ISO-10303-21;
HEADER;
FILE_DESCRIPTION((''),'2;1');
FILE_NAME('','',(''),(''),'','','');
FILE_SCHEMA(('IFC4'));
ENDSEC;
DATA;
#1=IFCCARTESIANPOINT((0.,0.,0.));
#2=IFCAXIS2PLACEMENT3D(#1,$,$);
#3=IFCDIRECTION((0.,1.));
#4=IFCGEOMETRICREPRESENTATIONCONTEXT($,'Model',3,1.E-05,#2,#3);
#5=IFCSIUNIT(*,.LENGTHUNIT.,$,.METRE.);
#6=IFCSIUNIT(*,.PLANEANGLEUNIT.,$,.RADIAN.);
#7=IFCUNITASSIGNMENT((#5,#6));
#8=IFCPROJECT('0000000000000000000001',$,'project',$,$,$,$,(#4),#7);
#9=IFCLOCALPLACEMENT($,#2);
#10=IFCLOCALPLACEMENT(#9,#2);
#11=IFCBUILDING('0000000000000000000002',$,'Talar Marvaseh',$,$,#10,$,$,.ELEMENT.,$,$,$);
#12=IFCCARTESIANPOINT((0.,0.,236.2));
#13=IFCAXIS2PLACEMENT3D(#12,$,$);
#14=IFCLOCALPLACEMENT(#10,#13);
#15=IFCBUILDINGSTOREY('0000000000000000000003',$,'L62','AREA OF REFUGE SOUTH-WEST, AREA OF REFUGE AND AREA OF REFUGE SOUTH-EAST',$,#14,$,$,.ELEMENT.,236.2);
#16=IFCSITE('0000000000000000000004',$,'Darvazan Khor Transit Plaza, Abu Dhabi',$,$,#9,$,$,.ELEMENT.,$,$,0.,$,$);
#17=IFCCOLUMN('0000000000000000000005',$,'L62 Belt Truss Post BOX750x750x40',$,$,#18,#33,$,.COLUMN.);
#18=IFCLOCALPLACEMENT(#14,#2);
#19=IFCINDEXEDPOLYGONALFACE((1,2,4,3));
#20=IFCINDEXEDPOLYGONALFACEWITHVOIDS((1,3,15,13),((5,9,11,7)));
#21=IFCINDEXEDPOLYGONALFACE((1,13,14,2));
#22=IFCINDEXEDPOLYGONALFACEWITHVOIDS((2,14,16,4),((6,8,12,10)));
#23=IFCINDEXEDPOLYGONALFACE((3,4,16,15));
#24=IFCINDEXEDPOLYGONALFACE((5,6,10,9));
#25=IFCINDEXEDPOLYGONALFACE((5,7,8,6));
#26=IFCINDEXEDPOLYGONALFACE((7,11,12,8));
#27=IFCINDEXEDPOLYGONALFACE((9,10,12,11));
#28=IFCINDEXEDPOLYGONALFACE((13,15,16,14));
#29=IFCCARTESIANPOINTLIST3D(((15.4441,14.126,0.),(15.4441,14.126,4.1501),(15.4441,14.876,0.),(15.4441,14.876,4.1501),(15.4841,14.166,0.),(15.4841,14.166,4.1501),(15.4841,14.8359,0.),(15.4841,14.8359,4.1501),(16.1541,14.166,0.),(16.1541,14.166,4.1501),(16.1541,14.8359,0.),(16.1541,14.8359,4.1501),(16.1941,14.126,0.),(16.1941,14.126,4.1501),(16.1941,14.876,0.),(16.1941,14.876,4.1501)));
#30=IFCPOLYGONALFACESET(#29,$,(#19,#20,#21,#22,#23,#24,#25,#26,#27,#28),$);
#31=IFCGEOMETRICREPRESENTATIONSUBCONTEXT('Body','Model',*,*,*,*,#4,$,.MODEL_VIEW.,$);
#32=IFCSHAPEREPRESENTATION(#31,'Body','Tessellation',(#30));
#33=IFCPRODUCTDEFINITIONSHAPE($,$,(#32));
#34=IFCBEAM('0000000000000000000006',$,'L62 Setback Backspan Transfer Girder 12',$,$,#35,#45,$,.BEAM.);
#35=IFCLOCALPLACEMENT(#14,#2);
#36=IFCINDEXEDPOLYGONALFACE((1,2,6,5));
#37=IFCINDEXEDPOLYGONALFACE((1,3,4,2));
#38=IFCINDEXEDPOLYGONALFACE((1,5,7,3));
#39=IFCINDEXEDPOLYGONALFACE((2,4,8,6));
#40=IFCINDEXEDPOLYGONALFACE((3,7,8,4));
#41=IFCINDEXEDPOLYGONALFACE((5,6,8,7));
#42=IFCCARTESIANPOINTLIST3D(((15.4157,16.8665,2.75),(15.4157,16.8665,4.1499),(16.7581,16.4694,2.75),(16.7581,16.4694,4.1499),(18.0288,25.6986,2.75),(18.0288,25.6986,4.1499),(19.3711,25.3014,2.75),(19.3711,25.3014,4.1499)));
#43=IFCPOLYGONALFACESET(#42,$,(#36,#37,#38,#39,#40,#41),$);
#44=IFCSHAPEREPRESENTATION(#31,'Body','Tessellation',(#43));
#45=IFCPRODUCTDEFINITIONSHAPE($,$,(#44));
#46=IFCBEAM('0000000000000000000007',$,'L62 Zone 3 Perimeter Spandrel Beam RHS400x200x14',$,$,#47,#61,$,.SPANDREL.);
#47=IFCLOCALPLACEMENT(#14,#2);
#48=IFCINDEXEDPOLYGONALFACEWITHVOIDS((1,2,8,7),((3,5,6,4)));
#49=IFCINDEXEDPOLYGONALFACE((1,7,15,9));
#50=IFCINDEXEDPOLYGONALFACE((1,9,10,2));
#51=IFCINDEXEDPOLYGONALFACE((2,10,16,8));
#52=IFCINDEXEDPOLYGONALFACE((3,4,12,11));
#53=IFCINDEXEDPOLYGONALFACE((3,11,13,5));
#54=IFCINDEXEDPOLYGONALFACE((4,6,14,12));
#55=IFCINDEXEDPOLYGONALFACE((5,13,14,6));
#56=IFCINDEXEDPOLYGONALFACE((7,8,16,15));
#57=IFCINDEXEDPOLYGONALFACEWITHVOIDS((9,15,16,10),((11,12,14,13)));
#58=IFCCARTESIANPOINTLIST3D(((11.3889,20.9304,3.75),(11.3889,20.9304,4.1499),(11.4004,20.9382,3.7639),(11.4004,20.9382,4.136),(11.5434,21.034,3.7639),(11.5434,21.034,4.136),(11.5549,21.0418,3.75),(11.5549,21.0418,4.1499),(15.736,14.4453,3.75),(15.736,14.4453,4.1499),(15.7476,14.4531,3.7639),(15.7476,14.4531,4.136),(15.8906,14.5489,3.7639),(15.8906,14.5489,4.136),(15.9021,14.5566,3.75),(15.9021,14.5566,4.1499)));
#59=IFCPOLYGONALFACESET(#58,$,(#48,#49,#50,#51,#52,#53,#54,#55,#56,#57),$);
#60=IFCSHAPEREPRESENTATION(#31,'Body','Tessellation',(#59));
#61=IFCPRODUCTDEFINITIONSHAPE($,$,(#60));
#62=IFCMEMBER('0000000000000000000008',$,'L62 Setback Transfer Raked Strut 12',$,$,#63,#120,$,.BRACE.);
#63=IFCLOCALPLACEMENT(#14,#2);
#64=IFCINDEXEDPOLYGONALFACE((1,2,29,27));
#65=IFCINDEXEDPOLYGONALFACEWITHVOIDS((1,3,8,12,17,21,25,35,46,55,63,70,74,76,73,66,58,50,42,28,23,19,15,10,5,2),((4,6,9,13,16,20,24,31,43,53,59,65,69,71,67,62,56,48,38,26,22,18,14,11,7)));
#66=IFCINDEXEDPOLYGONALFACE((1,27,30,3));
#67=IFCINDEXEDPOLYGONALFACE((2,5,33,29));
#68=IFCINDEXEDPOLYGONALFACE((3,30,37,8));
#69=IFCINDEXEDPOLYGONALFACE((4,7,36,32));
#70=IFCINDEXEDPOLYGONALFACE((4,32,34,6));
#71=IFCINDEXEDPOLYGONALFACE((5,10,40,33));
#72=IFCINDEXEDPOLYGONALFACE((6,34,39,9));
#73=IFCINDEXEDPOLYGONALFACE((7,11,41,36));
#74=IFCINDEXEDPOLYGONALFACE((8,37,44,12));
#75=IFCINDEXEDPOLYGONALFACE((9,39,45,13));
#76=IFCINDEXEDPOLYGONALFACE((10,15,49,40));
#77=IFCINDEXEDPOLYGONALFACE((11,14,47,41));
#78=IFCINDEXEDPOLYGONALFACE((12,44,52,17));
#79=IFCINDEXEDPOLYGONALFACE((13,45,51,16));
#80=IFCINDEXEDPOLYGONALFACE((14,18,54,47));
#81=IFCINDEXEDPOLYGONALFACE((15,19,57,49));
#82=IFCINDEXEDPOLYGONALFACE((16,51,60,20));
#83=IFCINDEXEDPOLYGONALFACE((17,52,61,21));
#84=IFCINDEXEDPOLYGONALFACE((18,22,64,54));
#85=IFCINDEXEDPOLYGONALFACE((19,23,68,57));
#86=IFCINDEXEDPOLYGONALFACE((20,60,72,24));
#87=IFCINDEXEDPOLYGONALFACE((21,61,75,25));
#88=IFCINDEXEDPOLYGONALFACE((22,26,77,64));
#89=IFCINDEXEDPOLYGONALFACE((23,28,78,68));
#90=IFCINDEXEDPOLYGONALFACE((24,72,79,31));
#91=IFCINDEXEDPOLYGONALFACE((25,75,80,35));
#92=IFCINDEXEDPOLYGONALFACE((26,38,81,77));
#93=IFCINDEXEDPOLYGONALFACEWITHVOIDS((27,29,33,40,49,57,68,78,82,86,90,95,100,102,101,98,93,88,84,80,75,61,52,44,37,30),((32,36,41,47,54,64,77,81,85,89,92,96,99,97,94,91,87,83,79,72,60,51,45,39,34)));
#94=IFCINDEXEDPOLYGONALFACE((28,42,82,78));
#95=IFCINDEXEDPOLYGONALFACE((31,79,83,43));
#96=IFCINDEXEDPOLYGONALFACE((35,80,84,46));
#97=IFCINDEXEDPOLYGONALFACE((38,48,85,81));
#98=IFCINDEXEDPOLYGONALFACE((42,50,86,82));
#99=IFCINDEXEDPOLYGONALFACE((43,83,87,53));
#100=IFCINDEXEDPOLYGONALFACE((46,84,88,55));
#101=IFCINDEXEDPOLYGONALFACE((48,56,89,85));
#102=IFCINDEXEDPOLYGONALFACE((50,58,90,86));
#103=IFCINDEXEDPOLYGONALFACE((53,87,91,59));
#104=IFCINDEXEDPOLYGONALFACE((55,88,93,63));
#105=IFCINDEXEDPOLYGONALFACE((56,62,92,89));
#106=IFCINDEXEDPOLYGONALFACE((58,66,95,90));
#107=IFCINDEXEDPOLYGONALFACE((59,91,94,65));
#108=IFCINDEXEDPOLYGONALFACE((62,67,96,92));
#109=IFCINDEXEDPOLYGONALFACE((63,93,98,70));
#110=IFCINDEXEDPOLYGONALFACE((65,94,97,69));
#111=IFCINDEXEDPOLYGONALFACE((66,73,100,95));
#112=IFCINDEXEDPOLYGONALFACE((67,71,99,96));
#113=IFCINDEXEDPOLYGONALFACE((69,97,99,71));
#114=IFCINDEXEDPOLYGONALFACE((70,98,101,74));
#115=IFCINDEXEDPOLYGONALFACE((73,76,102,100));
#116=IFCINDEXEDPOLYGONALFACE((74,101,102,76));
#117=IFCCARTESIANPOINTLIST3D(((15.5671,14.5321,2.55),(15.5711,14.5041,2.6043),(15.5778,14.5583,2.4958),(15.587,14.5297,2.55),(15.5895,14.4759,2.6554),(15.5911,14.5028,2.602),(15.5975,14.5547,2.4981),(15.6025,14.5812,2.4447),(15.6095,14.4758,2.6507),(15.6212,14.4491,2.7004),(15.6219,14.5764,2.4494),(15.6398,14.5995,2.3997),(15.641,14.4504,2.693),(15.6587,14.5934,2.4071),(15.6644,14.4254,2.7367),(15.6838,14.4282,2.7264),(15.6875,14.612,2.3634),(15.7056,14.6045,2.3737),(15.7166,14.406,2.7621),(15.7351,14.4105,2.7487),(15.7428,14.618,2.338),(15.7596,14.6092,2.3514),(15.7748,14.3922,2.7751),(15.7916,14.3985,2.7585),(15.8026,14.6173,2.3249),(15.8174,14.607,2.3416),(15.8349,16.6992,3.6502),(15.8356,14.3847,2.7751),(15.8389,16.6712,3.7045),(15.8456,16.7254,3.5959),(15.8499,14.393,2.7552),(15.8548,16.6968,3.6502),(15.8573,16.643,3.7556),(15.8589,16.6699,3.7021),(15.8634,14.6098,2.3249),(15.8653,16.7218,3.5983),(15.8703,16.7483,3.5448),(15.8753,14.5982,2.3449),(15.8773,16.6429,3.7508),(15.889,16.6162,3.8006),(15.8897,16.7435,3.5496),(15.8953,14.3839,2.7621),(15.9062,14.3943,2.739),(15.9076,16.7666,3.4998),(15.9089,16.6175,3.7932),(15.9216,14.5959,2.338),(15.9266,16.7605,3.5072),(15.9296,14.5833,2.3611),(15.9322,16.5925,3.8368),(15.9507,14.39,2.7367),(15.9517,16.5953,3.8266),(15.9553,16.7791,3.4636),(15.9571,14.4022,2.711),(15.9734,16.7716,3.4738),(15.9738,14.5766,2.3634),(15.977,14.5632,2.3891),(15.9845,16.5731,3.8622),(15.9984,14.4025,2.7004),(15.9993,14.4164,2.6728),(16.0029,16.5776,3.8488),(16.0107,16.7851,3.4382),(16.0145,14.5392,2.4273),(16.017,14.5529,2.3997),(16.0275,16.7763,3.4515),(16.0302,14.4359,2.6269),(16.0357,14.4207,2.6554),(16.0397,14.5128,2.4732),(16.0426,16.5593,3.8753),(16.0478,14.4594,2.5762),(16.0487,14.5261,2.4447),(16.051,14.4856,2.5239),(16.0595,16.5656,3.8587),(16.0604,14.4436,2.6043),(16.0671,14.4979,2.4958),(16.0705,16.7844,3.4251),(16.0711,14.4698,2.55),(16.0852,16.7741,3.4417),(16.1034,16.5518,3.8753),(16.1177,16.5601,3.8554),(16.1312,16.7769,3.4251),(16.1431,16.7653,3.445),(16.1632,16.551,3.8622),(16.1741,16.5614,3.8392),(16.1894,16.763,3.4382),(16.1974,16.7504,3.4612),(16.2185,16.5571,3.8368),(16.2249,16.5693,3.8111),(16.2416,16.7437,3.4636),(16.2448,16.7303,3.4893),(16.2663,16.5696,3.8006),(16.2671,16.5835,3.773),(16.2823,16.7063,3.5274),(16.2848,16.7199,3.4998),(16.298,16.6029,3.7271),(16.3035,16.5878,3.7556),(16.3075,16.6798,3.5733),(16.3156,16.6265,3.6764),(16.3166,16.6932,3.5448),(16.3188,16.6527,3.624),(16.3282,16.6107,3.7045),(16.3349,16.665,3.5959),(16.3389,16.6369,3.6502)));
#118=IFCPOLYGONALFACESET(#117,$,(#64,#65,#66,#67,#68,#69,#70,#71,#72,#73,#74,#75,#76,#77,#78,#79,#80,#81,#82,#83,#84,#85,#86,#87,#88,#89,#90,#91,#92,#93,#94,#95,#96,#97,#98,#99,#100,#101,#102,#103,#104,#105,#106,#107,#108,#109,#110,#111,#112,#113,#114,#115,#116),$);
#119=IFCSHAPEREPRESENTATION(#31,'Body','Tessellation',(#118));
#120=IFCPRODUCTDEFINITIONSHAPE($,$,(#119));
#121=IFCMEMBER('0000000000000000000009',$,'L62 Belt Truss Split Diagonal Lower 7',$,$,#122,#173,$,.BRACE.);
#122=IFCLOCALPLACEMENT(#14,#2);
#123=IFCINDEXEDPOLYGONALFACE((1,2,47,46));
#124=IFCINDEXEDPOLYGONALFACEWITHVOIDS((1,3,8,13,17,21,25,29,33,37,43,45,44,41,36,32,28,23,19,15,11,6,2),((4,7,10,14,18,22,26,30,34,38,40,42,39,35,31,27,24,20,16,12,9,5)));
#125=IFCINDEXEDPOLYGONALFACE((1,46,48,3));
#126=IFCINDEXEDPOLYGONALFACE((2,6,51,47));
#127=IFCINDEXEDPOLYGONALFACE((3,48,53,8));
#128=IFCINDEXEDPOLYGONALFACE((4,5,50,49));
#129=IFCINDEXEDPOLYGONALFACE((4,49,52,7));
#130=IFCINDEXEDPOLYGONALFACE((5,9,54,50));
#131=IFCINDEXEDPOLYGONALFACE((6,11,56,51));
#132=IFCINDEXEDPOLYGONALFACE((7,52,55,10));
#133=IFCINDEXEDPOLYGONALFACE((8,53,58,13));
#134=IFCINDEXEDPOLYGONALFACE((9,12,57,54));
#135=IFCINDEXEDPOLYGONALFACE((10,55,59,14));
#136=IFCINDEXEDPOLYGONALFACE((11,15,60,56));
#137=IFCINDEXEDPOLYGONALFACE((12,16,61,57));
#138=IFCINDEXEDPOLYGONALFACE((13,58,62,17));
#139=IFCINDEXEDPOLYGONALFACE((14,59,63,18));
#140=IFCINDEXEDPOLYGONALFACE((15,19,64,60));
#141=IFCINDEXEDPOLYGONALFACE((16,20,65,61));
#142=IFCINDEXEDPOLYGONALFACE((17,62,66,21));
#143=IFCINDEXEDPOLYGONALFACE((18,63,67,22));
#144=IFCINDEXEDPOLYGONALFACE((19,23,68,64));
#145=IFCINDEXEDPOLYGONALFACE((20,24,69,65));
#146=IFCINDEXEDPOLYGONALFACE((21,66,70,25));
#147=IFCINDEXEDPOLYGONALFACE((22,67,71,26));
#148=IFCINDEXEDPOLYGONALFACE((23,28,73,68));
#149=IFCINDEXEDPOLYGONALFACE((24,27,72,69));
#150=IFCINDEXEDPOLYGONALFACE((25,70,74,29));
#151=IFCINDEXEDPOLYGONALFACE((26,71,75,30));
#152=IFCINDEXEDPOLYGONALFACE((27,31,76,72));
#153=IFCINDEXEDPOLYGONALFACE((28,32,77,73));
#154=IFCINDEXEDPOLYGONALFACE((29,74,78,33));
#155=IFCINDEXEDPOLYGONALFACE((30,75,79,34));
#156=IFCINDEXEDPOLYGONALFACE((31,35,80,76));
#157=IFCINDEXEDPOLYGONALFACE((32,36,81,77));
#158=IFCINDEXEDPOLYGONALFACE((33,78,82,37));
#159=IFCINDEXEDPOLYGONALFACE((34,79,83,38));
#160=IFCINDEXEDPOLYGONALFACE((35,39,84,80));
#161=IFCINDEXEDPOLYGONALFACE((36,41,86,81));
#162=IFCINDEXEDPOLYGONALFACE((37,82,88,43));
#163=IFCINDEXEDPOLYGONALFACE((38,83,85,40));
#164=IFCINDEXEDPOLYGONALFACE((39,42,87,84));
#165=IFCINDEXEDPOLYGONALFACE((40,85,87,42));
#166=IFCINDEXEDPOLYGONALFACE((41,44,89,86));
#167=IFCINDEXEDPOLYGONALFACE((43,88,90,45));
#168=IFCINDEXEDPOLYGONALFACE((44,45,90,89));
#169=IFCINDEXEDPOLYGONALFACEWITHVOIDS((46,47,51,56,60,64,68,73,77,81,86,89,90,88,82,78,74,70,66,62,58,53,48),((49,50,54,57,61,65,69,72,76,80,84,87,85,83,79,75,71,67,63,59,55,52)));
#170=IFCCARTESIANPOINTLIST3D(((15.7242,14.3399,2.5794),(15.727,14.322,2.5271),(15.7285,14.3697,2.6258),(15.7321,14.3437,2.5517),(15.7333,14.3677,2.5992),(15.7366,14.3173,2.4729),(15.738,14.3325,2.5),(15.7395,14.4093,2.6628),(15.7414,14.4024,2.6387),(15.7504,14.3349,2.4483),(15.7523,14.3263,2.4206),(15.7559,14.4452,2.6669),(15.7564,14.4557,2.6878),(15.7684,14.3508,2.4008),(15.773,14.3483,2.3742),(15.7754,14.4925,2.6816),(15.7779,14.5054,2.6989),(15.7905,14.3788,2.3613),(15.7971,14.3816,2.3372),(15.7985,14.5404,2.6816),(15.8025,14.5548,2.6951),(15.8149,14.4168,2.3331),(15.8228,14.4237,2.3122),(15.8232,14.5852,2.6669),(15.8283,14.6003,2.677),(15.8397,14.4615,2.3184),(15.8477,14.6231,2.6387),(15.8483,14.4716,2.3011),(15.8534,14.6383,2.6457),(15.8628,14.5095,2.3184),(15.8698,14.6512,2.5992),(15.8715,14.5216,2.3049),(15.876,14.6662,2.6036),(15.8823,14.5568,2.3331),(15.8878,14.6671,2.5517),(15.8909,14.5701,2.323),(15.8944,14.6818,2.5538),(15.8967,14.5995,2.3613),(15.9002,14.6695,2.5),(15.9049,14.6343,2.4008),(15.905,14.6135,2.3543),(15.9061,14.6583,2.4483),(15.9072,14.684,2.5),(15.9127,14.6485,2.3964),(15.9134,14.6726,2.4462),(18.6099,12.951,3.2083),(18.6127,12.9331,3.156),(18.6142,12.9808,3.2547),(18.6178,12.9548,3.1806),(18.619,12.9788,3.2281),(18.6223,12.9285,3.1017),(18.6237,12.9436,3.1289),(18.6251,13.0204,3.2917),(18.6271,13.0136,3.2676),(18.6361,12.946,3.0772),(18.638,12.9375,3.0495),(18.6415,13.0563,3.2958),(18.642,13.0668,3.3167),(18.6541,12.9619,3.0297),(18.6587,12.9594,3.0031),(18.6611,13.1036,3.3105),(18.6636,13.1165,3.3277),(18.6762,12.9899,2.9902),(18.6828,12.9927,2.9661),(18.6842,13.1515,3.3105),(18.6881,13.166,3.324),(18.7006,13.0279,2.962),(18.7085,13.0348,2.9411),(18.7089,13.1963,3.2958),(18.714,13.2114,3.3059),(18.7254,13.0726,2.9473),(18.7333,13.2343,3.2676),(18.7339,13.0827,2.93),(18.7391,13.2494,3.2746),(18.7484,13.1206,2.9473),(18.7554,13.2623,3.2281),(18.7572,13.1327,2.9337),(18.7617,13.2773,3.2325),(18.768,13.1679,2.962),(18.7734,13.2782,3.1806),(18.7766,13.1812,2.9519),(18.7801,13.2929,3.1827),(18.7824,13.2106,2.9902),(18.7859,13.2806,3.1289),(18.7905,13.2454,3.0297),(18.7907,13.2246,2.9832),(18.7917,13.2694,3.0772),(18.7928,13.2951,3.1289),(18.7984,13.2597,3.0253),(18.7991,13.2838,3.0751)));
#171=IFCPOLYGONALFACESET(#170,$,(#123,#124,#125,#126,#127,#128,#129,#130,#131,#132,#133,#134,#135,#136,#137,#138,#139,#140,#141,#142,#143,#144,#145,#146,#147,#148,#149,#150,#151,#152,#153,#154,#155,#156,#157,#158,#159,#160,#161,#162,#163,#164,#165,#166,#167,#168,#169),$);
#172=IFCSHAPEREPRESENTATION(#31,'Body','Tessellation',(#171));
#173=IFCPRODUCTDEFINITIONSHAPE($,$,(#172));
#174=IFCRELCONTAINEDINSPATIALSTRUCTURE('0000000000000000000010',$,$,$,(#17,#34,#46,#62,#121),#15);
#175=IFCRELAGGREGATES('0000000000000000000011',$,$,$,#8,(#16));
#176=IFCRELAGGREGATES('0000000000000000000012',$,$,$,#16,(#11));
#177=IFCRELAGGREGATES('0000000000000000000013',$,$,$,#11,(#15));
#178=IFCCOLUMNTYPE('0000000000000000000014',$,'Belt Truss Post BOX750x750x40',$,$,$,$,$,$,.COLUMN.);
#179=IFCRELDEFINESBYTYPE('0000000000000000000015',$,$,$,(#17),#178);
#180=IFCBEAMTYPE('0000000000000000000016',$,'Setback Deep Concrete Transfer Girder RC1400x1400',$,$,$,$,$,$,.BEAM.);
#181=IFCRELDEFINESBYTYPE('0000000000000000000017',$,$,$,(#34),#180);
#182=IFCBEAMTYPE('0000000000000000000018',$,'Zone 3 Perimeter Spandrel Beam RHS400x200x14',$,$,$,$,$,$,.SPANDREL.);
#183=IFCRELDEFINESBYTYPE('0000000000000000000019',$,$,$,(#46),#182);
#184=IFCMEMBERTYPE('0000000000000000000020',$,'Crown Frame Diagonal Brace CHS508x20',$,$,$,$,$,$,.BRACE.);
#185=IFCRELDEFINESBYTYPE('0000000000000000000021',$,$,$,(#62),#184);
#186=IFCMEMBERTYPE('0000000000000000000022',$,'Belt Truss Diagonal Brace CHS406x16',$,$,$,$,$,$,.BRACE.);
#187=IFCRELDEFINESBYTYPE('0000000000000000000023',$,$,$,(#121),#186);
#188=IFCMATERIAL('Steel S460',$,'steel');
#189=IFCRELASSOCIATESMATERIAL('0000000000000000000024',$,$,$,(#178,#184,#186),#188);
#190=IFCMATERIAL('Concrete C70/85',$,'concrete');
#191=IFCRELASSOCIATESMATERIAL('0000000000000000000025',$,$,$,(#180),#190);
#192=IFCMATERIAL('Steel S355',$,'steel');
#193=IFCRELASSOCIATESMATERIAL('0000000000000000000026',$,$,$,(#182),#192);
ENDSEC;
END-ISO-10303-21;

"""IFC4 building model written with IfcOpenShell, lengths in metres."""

from ifc_helpers import new_model, si_unit, direction, frame, origin, origin_2d, place, context, subcontext, project, spatial, rectangle, hollow_rectangle, hollow_circle, extrude, source, transform, mapped, material, material_profile, profile_set, type_object, type_shapes, element, save


model = new_model("IFC4")

# Units and contexts
model_context = context("Model", 3, precision=1e-05, world=origin(), true_north=direction((0.0, 1.0)))
body_context = subcontext(model_context, "Body", "Model", "MODEL_VIEW")
ifc_project = project(units=[si_unit("LENGTHUNIT", "METRE"), si_unit("PLANEANGLEUNIT", "RADIAN")], contexts=[model_context])

# Site, building, storey
site_placement = place(None, origin())
site = spatial("IfcSite", under=ifc_project, at=site_placement, Name="Darvazan Khor Transit Plaza, Abu Dhabi", CompositionType="ELEMENT", RefElevation=0.0)
building_placement = place(site_placement, origin())
building = spatial("IfcBuilding", under=site, at=building_placement, Name="Talar Marvaseh", CompositionType="ELEMENT")
storey_placement = place(building_placement, frame((0.0, 0.0, 236.2)))
storey = spatial("IfcBuildingStorey", under=building, at=storey_placement, Name="L62", Description="AREA OF REFUGE SOUTH-WEST, AREA OF REFUGE AND AREA OF REFUGE SOUTH-EAST", CompositionType="ELEMENT", Elevation=236.2)

# Column
ifc_material_1 = material(Name="Steel S460", Category="steel")
ifc_material_profile_1 = material_profile(ifc_material_1, hollow_rectangle(XDim=0.75, YDim=0.75, WallThickness=0.04, at=origin_2d()), Name="BOX750x750x40")
ifc_profile_set_1 = profile_set([ifc_material_profile_1], Name="Steel S460")
column_type = type_object("IfcColumnType", Name="Belt Truss Post BOX750x750x40", PredefinedType="COLUMN", material=ifc_profile_set_1)
column_placement = place(storey_placement, frame((15.8191, 14.501, 0.0), z_axis=(0.0, 0.0, 1.0), x_axis=(1.0, 0.0, 0.0)))
element("IfcColumn", 1, at=column_placement, inside=storey, type_object=column_type, Name="L62 Belt Truss Post BOX750x750x40", PredefinedType="COLUMN", context=body_context, shape_type="SweptSolid", body=[
    extrude(hollow_rectangle(XDim=0.75, YDim=0.75, WallThickness=0.04, at=origin_2d()), origin(), (0.0, 0.0, 1.0), 4.1501),
])

# Beams
ifc_material_2 = material(Name="Concrete C70/85", Category="concrete")
ifc_material_profile_2 = material_profile(ifc_material_2, rectangle(XDim=1.3999, YDim=1.3999, at=origin_2d()), Name="RC1400x1400")
ifc_profile_set_2 = profile_set([ifc_material_profile_2], Name="Concrete C70/85")
beam_type_1 = type_object("IfcBeamType", Name="Setback Deep Concrete Transfer Girder RC1400x1400", PredefinedType="BEAM", material=ifc_profile_set_2)
beam_1_placement = place(storey_placement, frame((16.0869, 16.668, 3.45), z_axis=(0.283703, 0.958912, 0.0), x_axis=(-0.958912, 0.283703, 0.0)))
element("IfcBeam", 2, at=beam_1_placement, inside=storey, type_object=beam_type_1, Name="L62 Setback Backspan Transfer Girder 12", PredefinedType="BEAM", context=body_context, shape_type="SweptSolid", body=[
    extrude(rectangle(XDim=1.3999, YDim=1.3999, at=origin_2d()), origin(), (0.0, 0.0, 1.0), 9.2104),
])
ifc_material_3 = material(Name="Steel S355", Category="steel")
ifc_material_profile_3 = material_profile(ifc_material_3, hollow_rectangle(XDim=0.2, YDim=0.3999, WallThickness=0.0139, at=origin_2d()), Name="RHS400x200x14")
ifc_profile_set_3 = profile_set([ifc_material_profile_3], Name="Steel S355")
beam_type_2 = type_object("IfcBeamType", Name="Zone 3 Perimeter Spandrel Beam RHS400x200x14", PredefinedType="SPANDREL", material=ifc_profile_set_3)
beam_2_placement = place(storey_placement, frame((15.8191, 14.501, 3.95), z_axis=(-0.556806, 0.830643, 0.0), x_axis=(-0.830643, -0.556806, 0.0)))
element("IfcBeam", 3, at=beam_2_placement, inside=storey, type_object=beam_type_2, Name="L62 Zone 3 Perimeter Spandrel Beam RHS400x200x14", PredefinedType="SPANDREL", context=body_context, shape_type="SweptSolid", body=[
    extrude(hollow_rectangle(XDim=0.2, YDim=0.3999, WallThickness=0.0139, at=origin_2d()), origin(), (0.0, 0.0, 1.0), 7.8074),
])

# Members
ifc_material_profile_4 = material_profile(ifc_material_1, hollow_circle(Radius=0.2539, WallThickness=0.02, at=origin_2d()), Name="CHS508x20")
ifc_profile_set_4 = profile_set([ifc_material_profile_4], Name="Steel S460")
member_type_1 = type_object("IfcMemberType", Name="Crown Frame Diagonal Brace CHS508x20", PredefinedType="BRACE", material=ifc_profile_set_4)
shared_shape_1 = source(origin(), body_context, "Body", "SweptSolid", [
    extrude(hollow_circle(Radius=0.2539, WallThickness=0.02, at=origin_2d()), origin(), (0.0, 0.0, 1.0), 2.4451),
])
type_shapes(member_type_1, [shared_shape_1])
member_1_placement = place(storey_placement, frame((15.8191, 14.501, 2.55), z_axis=(0.109541, 0.886312, 0.449946), x_axis=(-0.992449, 0.122658, 0.0)))
element("IfcMember", 4, at=member_1_placement, inside=storey, type_object=member_type_1, Name="L62 Setback Transfer Raked Strut 12", PredefinedType="BRACE", context=body_context, shape_type="MappedRepresentation", body=[
    mapped(shared_shape_1, transform((0.0, 0.0, 0.0), x_axis=(1.0, 0.0, 0.0), y_axis=(0.0, 1.0, 0.0), z_axis=(0.0, 0.0, 1.0), scale=1.0)),
])
ifc_material_profile_5 = material_profile(ifc_material_1, hollow_circle(Radius=0.2031, WallThickness=0.0161, at=origin_2d()), Name="CHS406x16")
ifc_profile_set_5 = profile_set([ifc_material_profile_5], Name="Steel S460")
member_type_2 = type_object("IfcMemberType", Name="Belt Truss Diagonal Brace CHS406x16", PredefinedType="BRACE", material=ifc_profile_set_5)
shared_shape_2 = source(origin(), body_context, "Body", "SweptSolid", [
    extrude(hollow_circle(Radius=0.2031, WallThickness=0.0161, at=origin_2d()), origin(), (0.0, 0.0, 1.0), 3.2637),
])
member_2_placement = place(storey_placement, frame((15.8191, 14.501, 2.5), z_axis=(0.884178, -0.425557, 0.192694), x_axis=(0.433685, 0.901065, 0.0)))
element("IfcMember", 5, at=member_2_placement, inside=storey, type_object=member_type_2, Name="L62 Belt Truss Split Diagonal Lower 7", PredefinedType="BRACE", context=body_context, shape_type="MappedRepresentation", body=[
    mapped(shared_shape_2, transform((0.0, 0.0, 0.0), x_axis=(1.0, 0.0, 0.0), y_axis=(0.0, 1.0, 0.0), z_axis=(0.0, 0.0, 1.0), scale=1.0)),
])

save(model, "model.ifc")
